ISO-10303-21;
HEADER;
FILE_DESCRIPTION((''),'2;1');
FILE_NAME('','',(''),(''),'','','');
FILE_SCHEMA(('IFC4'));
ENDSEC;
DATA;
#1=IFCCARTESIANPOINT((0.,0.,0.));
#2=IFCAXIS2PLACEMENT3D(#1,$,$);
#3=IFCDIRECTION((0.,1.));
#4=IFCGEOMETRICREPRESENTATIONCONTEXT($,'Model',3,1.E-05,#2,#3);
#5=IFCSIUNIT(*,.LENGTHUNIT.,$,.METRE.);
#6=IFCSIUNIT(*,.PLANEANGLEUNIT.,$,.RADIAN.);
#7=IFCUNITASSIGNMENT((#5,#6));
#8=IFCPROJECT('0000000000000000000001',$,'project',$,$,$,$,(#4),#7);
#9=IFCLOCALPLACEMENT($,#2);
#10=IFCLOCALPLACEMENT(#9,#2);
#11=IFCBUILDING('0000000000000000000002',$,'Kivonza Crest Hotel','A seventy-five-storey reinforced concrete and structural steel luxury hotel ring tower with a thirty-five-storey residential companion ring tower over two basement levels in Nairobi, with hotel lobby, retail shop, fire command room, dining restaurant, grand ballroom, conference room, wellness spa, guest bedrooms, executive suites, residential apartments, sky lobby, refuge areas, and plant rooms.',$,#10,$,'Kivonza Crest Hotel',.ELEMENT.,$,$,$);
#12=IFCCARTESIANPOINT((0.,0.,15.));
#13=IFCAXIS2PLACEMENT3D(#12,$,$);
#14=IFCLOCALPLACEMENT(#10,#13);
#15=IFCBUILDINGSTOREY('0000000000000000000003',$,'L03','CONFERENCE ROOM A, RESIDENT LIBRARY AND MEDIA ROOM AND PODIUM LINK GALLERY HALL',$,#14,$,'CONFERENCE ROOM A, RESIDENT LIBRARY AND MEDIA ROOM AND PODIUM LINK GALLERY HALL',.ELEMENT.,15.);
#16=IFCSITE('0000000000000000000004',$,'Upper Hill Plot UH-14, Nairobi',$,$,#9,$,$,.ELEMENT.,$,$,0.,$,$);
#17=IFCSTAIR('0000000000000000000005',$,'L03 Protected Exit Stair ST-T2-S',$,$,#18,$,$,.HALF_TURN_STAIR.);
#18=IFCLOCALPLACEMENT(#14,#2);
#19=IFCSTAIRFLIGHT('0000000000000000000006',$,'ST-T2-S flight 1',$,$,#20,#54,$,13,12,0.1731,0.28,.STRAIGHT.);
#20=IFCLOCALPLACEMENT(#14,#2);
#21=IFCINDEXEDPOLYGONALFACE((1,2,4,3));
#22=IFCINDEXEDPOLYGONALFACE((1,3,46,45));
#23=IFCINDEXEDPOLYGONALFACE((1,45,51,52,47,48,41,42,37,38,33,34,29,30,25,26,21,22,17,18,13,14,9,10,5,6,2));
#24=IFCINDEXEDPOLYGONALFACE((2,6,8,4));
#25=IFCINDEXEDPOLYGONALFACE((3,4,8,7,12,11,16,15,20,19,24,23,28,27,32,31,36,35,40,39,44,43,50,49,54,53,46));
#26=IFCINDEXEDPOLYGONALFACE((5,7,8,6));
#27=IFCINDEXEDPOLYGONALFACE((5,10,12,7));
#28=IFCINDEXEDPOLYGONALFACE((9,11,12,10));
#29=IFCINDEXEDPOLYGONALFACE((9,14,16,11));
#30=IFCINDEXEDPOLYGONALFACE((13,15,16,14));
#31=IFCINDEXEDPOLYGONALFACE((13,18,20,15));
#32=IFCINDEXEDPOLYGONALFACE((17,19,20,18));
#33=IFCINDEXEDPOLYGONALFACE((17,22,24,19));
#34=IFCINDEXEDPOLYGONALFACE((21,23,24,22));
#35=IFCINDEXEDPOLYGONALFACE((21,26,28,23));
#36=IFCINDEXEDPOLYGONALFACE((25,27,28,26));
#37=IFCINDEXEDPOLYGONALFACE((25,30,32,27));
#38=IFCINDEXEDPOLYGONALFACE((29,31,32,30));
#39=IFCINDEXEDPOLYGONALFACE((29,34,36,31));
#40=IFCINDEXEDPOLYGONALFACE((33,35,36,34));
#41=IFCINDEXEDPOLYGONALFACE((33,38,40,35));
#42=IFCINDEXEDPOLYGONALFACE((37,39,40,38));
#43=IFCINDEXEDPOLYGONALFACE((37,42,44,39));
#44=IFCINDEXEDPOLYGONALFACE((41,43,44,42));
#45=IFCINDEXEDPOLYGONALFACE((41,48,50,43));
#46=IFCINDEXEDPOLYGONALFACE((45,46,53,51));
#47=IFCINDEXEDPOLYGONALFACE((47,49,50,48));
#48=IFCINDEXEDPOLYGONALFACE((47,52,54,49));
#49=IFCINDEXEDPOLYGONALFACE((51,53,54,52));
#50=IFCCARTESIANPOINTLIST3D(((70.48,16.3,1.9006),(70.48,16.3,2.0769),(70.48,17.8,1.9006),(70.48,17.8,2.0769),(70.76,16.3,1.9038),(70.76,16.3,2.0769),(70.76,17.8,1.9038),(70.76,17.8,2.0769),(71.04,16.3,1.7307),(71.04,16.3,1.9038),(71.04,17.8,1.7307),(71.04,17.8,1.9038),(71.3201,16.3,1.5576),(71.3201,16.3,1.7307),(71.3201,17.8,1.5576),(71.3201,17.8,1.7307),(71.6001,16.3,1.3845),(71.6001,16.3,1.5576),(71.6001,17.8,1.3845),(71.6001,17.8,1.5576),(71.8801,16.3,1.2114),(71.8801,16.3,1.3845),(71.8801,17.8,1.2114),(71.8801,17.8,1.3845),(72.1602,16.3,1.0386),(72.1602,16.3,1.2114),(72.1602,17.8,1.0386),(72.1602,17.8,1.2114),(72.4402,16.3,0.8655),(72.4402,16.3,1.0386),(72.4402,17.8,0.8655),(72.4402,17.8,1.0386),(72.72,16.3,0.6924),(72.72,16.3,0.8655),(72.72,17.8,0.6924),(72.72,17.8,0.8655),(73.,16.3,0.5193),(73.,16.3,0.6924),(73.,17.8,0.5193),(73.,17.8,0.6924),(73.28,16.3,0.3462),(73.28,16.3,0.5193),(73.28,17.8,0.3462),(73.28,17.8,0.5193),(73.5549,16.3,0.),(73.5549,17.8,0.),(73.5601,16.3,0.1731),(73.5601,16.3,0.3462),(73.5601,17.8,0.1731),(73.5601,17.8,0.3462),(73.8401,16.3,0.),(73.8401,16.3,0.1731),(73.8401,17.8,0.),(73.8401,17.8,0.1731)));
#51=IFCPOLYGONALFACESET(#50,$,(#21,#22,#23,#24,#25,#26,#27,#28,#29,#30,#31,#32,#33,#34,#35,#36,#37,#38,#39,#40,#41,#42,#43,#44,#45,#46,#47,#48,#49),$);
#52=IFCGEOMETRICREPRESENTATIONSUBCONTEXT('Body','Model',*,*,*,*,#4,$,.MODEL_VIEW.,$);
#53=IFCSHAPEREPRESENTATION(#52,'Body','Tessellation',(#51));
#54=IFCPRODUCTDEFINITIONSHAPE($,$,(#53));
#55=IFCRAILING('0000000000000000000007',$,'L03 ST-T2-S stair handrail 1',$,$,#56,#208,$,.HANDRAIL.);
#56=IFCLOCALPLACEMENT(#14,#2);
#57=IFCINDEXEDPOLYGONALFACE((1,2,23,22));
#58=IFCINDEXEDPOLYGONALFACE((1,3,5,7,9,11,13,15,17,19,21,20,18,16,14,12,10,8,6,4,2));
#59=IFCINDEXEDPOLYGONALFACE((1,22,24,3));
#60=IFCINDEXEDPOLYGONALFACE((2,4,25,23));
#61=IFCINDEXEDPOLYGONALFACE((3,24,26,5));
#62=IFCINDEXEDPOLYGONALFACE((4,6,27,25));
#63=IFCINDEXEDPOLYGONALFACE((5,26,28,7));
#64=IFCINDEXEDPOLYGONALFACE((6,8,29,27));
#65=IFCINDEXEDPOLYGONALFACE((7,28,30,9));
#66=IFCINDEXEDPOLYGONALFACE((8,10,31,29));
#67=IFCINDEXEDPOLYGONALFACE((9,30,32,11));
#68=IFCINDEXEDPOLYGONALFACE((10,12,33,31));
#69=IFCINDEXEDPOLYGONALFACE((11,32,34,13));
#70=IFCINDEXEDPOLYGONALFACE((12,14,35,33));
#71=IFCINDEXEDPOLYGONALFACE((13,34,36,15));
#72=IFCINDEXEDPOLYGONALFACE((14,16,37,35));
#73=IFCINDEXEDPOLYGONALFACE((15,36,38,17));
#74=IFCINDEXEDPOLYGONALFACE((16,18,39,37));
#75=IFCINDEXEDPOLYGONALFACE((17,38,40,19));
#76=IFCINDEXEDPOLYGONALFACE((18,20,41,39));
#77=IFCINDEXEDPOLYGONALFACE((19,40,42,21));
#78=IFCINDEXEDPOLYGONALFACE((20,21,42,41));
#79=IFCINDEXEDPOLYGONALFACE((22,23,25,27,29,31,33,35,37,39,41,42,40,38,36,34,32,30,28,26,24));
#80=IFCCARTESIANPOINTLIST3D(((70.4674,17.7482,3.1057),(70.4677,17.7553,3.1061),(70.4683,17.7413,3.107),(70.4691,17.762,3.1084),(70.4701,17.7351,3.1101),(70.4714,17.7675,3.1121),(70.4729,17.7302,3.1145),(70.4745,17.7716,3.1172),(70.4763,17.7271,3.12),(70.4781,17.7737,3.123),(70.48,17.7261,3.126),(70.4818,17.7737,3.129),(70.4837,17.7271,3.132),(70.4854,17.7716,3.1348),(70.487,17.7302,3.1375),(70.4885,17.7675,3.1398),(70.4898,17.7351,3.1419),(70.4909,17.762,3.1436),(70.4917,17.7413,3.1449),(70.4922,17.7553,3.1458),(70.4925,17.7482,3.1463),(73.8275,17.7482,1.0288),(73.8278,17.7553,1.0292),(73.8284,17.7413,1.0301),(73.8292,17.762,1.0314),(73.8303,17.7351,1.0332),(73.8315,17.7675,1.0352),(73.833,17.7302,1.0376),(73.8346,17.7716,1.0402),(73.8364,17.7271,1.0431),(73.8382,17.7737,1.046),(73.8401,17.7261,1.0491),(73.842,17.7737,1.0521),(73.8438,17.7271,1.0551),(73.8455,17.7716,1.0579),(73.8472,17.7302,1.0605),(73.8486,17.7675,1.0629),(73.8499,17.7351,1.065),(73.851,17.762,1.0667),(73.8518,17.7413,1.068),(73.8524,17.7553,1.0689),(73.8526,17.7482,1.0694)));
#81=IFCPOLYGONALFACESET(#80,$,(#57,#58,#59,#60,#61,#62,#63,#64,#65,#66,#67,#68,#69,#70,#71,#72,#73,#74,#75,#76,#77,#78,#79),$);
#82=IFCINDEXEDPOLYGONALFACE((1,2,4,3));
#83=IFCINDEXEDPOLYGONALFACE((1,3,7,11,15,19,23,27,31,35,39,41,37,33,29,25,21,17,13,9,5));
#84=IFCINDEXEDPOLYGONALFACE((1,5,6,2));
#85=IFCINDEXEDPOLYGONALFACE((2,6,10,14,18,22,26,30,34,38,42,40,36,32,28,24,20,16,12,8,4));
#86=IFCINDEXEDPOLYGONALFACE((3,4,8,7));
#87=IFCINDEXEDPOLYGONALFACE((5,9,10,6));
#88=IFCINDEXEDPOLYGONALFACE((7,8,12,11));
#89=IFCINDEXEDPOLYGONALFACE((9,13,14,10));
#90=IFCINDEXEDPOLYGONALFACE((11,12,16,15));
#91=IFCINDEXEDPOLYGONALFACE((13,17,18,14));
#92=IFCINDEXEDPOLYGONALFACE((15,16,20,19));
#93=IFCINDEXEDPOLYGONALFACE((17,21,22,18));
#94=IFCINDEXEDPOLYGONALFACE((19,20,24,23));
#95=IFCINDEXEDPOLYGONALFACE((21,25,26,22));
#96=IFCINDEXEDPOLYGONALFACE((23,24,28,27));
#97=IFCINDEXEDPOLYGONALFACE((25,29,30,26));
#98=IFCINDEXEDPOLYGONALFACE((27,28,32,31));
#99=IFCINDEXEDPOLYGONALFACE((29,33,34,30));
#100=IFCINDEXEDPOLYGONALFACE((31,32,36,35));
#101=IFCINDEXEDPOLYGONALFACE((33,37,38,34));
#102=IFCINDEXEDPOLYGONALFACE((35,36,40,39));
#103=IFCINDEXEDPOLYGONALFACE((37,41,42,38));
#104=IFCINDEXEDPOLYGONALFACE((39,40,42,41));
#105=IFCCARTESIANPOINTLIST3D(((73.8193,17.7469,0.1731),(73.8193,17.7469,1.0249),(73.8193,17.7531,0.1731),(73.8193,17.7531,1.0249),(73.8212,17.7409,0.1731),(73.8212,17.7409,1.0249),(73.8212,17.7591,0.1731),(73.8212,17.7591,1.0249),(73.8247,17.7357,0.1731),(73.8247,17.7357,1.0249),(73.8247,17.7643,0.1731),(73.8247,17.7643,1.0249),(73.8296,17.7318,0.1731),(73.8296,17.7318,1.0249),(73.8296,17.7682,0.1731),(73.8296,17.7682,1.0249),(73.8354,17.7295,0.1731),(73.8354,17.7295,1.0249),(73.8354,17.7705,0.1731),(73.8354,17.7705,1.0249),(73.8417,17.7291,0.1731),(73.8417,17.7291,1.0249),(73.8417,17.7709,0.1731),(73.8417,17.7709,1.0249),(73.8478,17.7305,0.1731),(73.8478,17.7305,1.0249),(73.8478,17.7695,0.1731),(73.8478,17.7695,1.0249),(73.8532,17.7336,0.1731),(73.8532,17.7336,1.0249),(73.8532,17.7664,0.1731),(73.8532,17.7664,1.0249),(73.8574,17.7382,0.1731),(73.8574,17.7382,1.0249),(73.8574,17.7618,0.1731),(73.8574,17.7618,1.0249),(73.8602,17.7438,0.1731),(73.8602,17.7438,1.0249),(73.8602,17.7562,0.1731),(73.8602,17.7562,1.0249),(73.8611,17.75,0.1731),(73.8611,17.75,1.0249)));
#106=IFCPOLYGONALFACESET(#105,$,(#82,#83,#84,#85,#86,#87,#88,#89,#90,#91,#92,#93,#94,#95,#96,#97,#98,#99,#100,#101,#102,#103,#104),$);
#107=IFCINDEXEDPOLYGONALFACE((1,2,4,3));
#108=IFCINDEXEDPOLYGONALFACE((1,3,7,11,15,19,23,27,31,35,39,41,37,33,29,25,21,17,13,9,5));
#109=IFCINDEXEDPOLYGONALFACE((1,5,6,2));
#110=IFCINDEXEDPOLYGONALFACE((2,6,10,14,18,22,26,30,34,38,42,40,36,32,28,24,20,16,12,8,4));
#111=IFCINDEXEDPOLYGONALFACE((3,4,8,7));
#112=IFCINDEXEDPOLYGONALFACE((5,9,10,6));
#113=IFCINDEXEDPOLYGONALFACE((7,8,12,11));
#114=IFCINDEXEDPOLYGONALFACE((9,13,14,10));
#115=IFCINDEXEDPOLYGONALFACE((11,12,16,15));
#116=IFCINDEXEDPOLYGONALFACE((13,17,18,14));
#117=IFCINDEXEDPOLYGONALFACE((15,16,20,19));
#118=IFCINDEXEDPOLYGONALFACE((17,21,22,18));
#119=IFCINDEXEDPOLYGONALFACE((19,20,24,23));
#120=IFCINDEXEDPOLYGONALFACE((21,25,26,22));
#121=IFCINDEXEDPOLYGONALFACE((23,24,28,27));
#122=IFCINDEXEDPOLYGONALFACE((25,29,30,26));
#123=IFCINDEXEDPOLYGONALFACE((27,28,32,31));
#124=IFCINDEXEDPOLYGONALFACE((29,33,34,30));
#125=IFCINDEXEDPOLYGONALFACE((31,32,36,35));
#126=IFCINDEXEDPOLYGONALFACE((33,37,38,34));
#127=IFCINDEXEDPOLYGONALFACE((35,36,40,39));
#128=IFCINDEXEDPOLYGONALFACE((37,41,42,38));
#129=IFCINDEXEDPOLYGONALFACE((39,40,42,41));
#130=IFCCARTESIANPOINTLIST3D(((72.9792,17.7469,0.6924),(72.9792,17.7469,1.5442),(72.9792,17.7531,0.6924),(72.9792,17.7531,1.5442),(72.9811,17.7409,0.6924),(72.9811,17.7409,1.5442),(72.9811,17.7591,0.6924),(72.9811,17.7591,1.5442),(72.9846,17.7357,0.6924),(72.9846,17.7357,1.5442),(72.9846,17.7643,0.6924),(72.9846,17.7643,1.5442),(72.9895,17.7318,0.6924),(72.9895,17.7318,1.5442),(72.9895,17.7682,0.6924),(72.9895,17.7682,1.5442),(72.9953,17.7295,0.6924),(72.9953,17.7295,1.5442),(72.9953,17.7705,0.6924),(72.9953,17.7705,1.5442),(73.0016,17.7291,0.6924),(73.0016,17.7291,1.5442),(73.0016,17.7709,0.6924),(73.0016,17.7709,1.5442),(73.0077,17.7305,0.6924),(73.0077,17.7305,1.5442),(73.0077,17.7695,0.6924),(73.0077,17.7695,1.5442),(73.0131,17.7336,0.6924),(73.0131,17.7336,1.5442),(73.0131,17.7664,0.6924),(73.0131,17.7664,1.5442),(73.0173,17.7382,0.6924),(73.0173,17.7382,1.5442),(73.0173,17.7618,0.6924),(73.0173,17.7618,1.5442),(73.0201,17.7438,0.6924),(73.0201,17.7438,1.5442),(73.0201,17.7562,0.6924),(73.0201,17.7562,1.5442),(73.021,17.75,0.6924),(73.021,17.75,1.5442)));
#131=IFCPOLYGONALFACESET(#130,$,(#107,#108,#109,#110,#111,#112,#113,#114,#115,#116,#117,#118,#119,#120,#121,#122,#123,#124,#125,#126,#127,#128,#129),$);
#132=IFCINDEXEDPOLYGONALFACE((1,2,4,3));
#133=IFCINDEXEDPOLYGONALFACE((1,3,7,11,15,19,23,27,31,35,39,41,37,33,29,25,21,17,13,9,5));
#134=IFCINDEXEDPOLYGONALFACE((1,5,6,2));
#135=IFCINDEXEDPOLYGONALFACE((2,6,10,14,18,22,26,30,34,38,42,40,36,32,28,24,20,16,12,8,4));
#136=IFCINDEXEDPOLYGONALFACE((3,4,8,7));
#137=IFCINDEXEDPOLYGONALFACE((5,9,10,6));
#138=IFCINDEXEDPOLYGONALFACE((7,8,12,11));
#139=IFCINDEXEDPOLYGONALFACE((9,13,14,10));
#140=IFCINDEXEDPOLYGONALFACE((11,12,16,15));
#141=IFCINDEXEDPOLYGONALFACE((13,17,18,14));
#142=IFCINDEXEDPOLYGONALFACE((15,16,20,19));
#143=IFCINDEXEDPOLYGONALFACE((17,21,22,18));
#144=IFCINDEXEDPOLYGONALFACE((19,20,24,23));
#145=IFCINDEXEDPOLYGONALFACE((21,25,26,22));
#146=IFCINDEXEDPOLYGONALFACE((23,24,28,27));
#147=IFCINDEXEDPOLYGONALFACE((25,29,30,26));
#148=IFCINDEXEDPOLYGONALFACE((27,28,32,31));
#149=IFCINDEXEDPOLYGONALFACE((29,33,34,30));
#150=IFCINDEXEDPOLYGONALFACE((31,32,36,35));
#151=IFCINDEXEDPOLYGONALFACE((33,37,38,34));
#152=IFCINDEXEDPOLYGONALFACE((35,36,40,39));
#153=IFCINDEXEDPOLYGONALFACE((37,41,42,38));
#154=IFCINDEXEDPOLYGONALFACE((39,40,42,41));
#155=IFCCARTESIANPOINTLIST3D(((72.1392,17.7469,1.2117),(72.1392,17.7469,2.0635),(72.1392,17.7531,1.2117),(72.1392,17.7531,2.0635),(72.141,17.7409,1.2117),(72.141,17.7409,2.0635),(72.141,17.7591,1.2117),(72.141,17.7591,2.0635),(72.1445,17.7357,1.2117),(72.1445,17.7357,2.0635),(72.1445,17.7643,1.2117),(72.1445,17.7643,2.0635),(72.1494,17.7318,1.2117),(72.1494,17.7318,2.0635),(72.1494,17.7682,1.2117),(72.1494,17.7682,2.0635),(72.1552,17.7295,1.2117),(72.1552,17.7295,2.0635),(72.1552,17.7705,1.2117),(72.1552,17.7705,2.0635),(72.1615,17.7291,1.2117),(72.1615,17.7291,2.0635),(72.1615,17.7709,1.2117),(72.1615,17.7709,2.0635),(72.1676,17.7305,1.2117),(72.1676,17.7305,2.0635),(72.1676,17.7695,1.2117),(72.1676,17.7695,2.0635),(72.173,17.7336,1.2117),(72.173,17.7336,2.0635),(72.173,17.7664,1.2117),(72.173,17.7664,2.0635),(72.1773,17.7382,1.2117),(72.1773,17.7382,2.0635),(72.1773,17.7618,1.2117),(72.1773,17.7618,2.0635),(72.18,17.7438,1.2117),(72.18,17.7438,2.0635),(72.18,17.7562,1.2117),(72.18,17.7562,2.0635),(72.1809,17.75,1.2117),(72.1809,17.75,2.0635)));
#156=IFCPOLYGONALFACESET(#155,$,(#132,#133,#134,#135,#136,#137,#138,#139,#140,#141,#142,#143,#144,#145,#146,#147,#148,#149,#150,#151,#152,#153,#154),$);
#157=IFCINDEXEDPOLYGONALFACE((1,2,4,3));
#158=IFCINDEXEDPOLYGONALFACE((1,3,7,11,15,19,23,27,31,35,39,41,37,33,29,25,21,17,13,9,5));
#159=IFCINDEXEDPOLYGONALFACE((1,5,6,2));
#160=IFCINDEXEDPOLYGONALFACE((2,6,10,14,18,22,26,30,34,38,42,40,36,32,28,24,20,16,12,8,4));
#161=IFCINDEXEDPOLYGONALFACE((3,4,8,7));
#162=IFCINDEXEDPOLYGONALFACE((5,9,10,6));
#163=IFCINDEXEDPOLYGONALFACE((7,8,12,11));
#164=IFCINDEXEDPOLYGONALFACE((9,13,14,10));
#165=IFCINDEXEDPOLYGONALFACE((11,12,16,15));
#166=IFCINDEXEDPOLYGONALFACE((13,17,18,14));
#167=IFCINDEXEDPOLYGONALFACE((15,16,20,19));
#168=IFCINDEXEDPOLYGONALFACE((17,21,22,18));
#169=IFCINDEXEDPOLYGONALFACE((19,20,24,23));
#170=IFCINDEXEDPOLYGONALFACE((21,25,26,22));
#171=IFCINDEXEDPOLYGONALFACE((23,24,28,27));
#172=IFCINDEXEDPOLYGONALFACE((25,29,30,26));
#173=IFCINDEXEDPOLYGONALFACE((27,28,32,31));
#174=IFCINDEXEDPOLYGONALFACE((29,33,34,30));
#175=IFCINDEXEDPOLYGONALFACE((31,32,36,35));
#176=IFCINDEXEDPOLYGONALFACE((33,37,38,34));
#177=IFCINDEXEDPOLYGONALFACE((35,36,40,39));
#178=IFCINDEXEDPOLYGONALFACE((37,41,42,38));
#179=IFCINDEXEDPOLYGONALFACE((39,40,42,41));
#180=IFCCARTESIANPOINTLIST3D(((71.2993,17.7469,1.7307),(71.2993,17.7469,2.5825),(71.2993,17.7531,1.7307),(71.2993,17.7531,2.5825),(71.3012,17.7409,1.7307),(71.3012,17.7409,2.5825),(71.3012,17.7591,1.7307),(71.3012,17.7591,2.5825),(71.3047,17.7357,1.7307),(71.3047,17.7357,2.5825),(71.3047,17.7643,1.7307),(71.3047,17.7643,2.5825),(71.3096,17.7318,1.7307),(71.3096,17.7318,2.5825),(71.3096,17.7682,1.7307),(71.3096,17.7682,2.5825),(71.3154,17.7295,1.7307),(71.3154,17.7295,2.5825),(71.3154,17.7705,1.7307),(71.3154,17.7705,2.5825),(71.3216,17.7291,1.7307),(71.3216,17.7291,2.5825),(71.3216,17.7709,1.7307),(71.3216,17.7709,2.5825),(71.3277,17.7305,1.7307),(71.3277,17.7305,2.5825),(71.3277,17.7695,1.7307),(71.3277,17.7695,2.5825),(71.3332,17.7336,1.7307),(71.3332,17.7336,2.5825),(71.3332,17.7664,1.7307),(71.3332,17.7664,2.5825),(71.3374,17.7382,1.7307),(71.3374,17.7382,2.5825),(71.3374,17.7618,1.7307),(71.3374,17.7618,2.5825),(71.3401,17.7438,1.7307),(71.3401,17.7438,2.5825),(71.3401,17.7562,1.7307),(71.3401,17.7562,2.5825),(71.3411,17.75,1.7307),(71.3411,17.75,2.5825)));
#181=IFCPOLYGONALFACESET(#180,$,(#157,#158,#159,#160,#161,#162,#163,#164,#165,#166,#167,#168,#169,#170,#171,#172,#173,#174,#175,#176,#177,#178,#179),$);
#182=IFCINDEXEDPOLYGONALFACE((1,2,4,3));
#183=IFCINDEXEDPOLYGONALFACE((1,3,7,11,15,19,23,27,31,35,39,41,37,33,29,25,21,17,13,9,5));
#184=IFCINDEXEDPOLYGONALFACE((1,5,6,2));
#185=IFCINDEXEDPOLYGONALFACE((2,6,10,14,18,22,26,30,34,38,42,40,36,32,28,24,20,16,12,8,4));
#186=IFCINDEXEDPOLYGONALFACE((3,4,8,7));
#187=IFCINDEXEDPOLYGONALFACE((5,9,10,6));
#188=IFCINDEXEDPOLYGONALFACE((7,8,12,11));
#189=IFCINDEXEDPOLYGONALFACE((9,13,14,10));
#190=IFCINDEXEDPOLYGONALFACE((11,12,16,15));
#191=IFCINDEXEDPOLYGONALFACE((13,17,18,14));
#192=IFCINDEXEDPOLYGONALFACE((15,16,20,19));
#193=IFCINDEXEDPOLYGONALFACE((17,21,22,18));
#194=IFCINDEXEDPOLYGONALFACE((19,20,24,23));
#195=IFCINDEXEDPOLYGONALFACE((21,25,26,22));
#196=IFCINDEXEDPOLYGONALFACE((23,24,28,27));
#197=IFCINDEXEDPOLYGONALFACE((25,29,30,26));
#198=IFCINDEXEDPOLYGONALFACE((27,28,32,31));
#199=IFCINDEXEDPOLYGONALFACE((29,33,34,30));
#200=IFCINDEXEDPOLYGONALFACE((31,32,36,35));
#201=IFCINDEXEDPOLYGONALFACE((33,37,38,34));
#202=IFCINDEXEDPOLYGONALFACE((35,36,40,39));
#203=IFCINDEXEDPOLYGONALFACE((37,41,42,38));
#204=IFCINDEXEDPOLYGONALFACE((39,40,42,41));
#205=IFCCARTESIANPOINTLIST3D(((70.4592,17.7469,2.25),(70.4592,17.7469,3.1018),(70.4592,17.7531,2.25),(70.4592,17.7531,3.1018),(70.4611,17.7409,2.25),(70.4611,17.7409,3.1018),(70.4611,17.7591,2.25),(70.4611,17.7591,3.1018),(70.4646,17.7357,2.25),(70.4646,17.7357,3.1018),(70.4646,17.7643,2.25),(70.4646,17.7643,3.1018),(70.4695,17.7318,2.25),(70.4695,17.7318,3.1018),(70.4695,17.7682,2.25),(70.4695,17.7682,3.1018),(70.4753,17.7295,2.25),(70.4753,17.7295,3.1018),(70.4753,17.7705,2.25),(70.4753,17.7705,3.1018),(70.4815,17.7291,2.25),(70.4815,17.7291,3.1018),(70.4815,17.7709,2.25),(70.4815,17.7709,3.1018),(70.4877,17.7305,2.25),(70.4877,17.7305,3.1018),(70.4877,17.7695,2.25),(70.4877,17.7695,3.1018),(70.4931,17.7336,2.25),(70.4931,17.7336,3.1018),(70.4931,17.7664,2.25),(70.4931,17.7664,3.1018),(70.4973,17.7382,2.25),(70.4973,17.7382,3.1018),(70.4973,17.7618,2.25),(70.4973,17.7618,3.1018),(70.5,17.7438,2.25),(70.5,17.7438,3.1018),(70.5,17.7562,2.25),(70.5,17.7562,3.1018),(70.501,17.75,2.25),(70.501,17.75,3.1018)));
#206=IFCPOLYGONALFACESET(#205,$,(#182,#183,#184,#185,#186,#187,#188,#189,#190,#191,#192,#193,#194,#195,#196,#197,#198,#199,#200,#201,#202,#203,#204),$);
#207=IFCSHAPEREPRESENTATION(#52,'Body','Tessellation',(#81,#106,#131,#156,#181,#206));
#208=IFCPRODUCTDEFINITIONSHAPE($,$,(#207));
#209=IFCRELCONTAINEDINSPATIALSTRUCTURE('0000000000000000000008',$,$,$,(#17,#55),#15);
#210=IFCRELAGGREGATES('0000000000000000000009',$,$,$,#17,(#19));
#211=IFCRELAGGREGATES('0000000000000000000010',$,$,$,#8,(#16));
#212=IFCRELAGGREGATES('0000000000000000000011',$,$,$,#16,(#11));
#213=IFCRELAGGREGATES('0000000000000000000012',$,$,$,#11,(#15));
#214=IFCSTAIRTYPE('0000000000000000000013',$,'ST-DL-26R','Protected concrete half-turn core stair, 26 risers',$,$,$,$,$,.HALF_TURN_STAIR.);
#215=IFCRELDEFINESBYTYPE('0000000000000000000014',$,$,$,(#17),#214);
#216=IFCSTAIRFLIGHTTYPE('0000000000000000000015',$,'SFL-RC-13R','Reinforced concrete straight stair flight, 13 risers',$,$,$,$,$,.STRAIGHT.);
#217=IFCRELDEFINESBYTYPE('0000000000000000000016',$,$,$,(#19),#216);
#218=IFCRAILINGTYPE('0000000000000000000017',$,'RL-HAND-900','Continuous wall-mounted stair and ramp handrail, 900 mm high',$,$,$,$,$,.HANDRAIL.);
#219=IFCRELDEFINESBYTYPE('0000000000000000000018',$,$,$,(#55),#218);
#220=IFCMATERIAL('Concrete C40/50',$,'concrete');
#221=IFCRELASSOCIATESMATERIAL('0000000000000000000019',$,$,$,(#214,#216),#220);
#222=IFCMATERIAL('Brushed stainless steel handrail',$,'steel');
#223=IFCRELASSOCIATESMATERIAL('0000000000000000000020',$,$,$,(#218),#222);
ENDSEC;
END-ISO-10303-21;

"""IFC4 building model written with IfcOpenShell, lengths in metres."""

from ifc_helpers import new_model, si_unit, direction, frame, origin, origin_2d, place, context, subcontext, project, spatial, polyline, circle, outline, extrude, material, type_object, element, aggregate, save


model = new_model("IFC4")

# Units and contexts
model_context = context("Model", 3, precision=1e-05, world=origin(), true_north=direction((0.0, 1.0)))
body_context = subcontext(model_context, "Body", "Model", "MODEL_VIEW")
ifc_project = project(units=[si_unit("LENGTHUNIT", "METRE"), si_unit("PLANEANGLEUNIT", "RADIAN")], contexts=[model_context])

# Site, building, storey
site_placement = place(None, origin())
site = spatial("IfcSite", under=ifc_project, at=site_placement, Name="Upper Hill Plot UH-14, Nairobi", CompositionType="ELEMENT", RefElevation=0.0)
building_placement = place(site_placement, origin())
building = spatial("IfcBuilding", under=site, at=building_placement, Name="Kivonza Crest Hotel", Description="A seventy-five-storey reinforced concrete and structural steel luxury hotel ring tower with a thirty-five-storey residential companion ring tower over two basement levels in Nairobi, with hotel lobby, retail shop, fire command room, dining restaurant, grand ballroom, conference room, wellness spa, guest bedrooms, executive suites, residential apartments, sky lobby, refuge areas, and plant rooms.", LongName="Kivonza Crest Hotel", CompositionType="ELEMENT")
storey_placement = place(building_placement, frame((0.0, 0.0, 15.0)))
storey = spatial("IfcBuildingStorey", under=building, at=storey_placement, Name="L03", Description="CONFERENCE ROOM A, RESIDENT LIBRARY AND MEDIA ROOM AND PODIUM LINK GALLERY HALL", LongName="CONFERENCE ROOM A, RESIDENT LIBRARY AND MEDIA ROOM AND PODIUM LINK GALLERY HALL", CompositionType="ELEMENT", Elevation=15.0)

# Stair, stair flight
ifc_material_1 = material(Name="Concrete C40/50", Category="concrete")
stair_type = type_object("IfcStairType", Name="ST-DL-26R", Description="Protected concrete half-turn core stair, 26 risers", PredefinedType="HALF_TURN_STAIR", material=ifc_material_1)
stair_placement = place(storey_placement, origin())
stair = element("IfcStair", 1, at=stair_placement, inside=storey, type_object=stair_type, Name="L03 Protected Exit Stair ST-T2-S", PredefinedType="HALF_TURN_STAIR")
stair_flight_type = type_object("IfcStairFlightType", Name="SFL-RC-13R", Description="Reinforced concrete straight stair flight, 13 risers", PredefinedType="STRAIGHT", material=ifc_material_1)
stair_flight_placement = place(storey_placement, frame((73.8401, 17.05, 0.0), z_axis=(0.0, 0.0, 1.0), x_axis=(-1.0, 0.0, 0.0)))
stair_flight = element("IfcStairFlight", 2, at=stair_flight_placement, type_object=stair_flight_type, Name="ST-T2-S flight 1", NumberOfRisers=13, NumberOfTreads=12, PredefinedType="STRAIGHT", RiserHeight=0.1731, TreadLength=0.28, context=body_context, shape_type="SweptSolid", body=[
    extrude(outline(polyline([(0.0, 0.0), (0.0, 0.1731), (0.28, 0.1731), (0.28, 0.3462), (0.5601, 0.3462), (0.5601, 0.5193), (0.8401, 0.5193), (0.8401, 0.6924), (1.1201, 0.6924), (1.1201, 0.8655), (1.3999, 0.8655), (1.3999, 1.0386), (1.6799, 1.0386), (1.6799, 1.2114), (1.96, 1.2114), (1.96, 1.3845), (2.24, 1.3845), (2.24, 1.5576), (2.52, 1.5576), (2.52, 1.7307), (2.8, 1.7307), (2.8, 1.9038), (3.0801, 1.9038), (3.0801, 2.0769), (3.3601, 2.0769), (3.3601, 2.25), (3.3601, 1.9006), (0.2852, 0.0), (0.0, 0.0)])), frame((0.0, 0.75, 0.0), z_axis=(0.0, -1.0, 0.0), x_axis=(1.0, 0.0, 0.0)), (0.0, 0.0, 1.0), 1.5),
])
aggregate(stair, [stair_flight])

# Railing
ifc_material_2 = material(Name="Brushed stainless steel handrail", Category="steel")
railing_type_1 = type_object("IfcRailingType", Name="RL-HAND-900", Description="Continuous wall-mounted stair and ramp handrail, 900 mm high", PredefinedType="HANDRAIL", material=ifc_material_2)
railing_1_placement = place(storey_placement, frame((73.8401, 17.75, 0.1731)))
element("IfcRailing", 3, at=railing_1_placement, inside=storey, type_object=railing_type_1, Name="L03 ST-T2-S stair handrail 1", PredefinedType="HANDRAIL", context=body_context, shape_type="SweptSolid", body=[
    extrude(circle(Radius=0.0239, at=origin_2d()), frame((0.0, 0.0, 0.876), z_axis=(-0.850623, 0.0, 0.525776), x_axis=(0.0, -1.0, 0.0)), (0.0, 0.0, 1.0), 3.9502),
    extrude(circle(Radius=0.021, at=origin_2d()), origin(), (0.0, 0.0, 1.0), 0.8518),
    extrude(circle(Radius=0.021, at=origin_2d()), frame((-0.8401, 0.0, 0.5193)), (0.0, 0.0, 1.0), 0.8518),
    extrude(circle(Radius=0.021, at=origin_2d()), frame((-1.6802, 0.0, 1.0386)), (0.0, 0.0, 1.0), 0.8518),
    extrude(circle(Radius=0.021, at=origin_2d()), frame((-2.52, 0.0, 1.5576)), (0.0, 0.0, 1.0), 0.8518),
    extrude(circle(Radius=0.021, at=origin_2d()), frame((-3.3601, 0.0, 2.0769)), (0.0, 0.0, 1.0), 0.8518),
])

save(model, "model.ifc")
